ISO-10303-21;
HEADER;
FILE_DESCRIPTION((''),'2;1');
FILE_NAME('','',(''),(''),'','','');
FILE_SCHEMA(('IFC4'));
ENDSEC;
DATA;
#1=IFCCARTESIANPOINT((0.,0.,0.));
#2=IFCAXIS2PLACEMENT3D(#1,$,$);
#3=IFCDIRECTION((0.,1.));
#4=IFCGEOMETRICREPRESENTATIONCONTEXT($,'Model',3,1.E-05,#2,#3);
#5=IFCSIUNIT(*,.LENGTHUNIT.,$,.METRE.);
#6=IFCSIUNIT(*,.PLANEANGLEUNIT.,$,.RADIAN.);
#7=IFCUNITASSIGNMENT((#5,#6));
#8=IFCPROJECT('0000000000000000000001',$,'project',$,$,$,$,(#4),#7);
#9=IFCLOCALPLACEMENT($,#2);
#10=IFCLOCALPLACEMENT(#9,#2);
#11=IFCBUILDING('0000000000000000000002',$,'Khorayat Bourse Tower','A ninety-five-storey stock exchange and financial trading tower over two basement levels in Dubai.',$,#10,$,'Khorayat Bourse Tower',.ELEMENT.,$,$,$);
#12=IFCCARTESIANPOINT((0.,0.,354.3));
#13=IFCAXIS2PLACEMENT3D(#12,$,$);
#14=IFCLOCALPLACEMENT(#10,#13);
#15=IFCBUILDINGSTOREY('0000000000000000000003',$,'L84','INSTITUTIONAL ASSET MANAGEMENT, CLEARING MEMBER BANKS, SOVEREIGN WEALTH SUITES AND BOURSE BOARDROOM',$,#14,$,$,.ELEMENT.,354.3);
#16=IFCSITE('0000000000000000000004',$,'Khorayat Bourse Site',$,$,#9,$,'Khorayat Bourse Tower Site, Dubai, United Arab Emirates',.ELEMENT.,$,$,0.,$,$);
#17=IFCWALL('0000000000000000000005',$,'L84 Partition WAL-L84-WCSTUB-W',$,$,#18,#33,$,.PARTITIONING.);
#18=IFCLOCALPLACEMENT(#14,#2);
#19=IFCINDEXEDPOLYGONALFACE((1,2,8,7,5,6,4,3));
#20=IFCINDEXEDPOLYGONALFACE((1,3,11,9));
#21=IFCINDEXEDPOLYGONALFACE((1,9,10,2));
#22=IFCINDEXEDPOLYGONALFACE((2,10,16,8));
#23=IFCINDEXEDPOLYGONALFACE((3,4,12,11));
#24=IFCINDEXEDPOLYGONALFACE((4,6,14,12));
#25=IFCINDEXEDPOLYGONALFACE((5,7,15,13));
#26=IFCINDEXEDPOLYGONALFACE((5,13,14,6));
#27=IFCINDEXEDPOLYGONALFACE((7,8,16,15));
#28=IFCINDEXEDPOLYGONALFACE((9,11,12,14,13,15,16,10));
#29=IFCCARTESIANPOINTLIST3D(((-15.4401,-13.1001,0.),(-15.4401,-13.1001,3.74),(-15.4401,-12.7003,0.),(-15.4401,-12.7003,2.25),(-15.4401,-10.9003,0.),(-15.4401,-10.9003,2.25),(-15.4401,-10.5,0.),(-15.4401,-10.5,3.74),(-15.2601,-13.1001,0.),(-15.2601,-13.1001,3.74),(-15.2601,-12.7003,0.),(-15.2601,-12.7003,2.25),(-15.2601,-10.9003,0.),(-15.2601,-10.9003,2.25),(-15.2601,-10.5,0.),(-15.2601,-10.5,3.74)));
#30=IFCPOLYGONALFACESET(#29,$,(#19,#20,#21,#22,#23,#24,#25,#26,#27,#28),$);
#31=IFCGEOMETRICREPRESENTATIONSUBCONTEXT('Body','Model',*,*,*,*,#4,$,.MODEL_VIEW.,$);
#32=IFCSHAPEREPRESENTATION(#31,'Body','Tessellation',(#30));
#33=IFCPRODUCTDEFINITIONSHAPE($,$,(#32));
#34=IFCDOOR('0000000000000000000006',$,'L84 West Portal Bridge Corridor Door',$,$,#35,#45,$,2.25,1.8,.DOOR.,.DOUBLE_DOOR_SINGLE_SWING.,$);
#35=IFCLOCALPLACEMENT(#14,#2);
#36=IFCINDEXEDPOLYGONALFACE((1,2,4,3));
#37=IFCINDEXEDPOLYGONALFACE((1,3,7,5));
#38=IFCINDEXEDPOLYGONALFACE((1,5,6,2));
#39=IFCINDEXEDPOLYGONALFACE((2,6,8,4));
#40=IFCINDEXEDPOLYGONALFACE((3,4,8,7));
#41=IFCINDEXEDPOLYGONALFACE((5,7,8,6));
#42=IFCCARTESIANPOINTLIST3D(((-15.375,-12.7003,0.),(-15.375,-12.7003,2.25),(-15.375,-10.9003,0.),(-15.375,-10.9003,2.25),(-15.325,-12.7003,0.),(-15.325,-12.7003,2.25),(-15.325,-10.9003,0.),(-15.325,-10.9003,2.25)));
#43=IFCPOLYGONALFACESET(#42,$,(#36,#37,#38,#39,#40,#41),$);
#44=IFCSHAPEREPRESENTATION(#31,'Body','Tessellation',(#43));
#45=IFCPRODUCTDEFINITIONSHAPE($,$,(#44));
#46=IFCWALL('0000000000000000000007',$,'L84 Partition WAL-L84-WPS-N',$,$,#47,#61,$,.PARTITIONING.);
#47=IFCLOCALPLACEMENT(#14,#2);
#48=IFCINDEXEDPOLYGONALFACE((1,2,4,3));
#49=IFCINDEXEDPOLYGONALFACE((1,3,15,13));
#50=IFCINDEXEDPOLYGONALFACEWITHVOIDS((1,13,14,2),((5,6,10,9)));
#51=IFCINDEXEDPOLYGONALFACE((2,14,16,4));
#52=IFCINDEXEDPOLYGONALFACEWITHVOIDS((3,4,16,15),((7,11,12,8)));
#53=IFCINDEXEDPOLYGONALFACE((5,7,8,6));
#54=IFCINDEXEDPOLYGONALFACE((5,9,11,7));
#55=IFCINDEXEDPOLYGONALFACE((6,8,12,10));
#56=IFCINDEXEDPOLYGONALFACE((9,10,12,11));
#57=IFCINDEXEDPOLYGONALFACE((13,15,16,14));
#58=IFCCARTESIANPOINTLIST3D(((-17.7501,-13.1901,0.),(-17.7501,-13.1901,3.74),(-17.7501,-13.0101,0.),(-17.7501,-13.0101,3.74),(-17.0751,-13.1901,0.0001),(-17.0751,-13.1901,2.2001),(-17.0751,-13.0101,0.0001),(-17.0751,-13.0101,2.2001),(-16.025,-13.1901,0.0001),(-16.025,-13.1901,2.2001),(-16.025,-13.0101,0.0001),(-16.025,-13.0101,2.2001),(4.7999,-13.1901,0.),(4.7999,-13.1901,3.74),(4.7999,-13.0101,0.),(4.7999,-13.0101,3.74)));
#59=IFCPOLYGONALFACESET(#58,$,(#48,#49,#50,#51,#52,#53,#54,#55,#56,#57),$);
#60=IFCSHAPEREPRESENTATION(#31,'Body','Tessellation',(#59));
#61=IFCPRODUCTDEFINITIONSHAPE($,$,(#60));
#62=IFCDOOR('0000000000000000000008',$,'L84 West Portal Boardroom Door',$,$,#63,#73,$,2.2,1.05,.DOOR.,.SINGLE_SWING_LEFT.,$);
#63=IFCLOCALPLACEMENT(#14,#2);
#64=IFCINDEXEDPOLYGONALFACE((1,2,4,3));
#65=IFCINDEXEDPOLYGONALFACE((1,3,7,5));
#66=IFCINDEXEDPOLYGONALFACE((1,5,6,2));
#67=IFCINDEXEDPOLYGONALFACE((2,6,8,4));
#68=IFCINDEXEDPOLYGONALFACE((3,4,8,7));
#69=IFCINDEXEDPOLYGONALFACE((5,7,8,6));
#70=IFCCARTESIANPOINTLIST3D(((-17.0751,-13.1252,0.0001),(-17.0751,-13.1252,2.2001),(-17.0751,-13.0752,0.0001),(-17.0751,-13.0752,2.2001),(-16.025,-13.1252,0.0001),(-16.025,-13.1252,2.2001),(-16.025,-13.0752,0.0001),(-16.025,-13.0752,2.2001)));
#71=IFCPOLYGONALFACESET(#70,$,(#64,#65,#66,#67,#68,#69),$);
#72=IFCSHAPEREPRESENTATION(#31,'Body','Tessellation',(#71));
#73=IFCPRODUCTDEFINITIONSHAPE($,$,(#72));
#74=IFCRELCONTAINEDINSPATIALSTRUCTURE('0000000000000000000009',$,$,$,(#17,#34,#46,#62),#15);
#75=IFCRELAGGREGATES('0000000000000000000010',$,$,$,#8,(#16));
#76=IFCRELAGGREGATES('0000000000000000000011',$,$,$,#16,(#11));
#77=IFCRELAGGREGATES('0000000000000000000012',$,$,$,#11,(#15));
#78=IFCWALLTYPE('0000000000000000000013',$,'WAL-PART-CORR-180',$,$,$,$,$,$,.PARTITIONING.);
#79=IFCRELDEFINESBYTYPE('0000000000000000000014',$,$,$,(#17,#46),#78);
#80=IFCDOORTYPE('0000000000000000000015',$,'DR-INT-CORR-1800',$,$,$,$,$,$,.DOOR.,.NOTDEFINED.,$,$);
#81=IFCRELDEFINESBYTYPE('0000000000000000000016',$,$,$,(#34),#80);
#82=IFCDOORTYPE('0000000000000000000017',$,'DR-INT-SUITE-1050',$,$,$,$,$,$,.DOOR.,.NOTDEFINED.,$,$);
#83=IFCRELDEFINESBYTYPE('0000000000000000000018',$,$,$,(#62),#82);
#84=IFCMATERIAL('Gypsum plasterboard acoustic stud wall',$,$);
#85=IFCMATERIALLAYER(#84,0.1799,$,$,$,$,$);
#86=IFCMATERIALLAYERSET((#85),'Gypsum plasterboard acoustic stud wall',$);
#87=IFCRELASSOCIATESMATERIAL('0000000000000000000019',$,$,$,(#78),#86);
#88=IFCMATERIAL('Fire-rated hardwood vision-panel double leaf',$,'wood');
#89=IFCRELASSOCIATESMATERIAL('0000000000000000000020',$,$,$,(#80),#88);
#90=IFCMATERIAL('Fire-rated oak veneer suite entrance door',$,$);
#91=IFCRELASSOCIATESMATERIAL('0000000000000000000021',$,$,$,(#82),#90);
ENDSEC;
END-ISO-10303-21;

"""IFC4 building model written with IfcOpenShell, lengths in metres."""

from ifc_helpers import new_model, si_unit, direction, frame, frame_2d, origin, place, context, subcontext, project, spatial, rectangle, extrude, source, transform, mapped, material, layer, layer_set, type_object, element, fill, save


model = new_model("IFC4")

# Units and contexts
model_context = context("Model", 3, precision=1e-05, world=origin(), true_north=direction((0.0, 1.0)))
body_context = subcontext(model_context, "Body", "Model", "MODEL_VIEW")
ifc_project = project(units=[si_unit("LENGTHUNIT", "METRE"), si_unit("PLANEANGLEUNIT", "RADIAN")], contexts=[model_context])

# Site, building, storey
site_placement = place(None, origin())
site = spatial("IfcSite", under=ifc_project, at=site_placement, Name="Khorayat Bourse Site", LongName="Khorayat Bourse Tower Site, Dubai, United Arab Emirates", CompositionType="ELEMENT", RefElevation=0.0)
building_placement = place(site_placement, origin())
building = spatial("IfcBuilding", under=site, at=building_placement, Name="Khorayat Bourse Tower", Description="A ninety-five-storey stock exchange and financial trading tower over two basement levels in Dubai.", LongName="Khorayat Bourse Tower", CompositionType="ELEMENT")
storey_placement = place(building_placement, frame((0.0, 0.0, 354.3)))
storey = spatial("IfcBuildingStorey", under=building, at=storey_placement, Name="L84", Description="INSTITUTIONAL ASSET MANAGEMENT, CLEARING MEMBER BANKS, SOVEREIGN WEALTH SUITES AND BOURSE BOARDROOM", CompositionType="ELEMENT", Elevation=354.3)

# Walls, openings, doors
ifc_material_1 = material(Name="Gypsum plasterboard acoustic stud wall")
ifc_layer_1 = layer(ifc_material_1, 0.1799)
ifc_layer_set_1 = layer_set([ifc_layer_1], Name="Gypsum plasterboard acoustic stud wall")
wall_type_1 = type_object("IfcWallType", Name="WAL-PART-CORR-180", PredefinedType="PARTITIONING", material=ifc_layer_set_1)
shared_shape_1 = source(origin(), body_context, "Body", "SweptSolid", [
    extrude(rectangle(XDim=2.6001, YDim=0.1799, at=frame_2d((1.3, 0.0))), origin(), (0.0, 0.0, 1.0), 3.74),
])
wall_1_placement = place(storey_placement, frame((-15.3501, -13.1001, 0.0), z_axis=(0.0, 0.0, 1.0), x_axis=(0.0, 1.0, 0.0)))
wall_1 = element("IfcWall", 1, at=wall_1_placement, inside=storey, type_object=wall_type_1, Name="L84 Partition WAL-L84-WCSTUB-W", PredefinedType="PARTITIONING", context=body_context, shape_type="MappedRepresentation", body=[
    mapped(shared_shape_1, transform((0.0, 0.0, 0.0), scale=1.0)),
])
shared_shape_2 = source(origin(), body_context, "Body", "SweptSolid", [
    extrude(rectangle(XDim=1.8, YDim=2.25, at=frame_2d((0.8999, 1.125))), frame((0.0, 0.0999, 0.0), z_axis=(0.0, -1.0, 0.0), x_axis=(1.0, 0.0, 0.0)), (0.0, 0.0, 1.0), 0.2),
])
opening_1_placement = place(wall_1_placement, frame((0.3999, 0.0, 0.0)))
opening_1 = element("IfcOpeningElement", 2, at=opening_1_placement, cuts=wall_1, PredefinedType="OPENING", context=body_context, shape_type="MappedRepresentation", body=[
    mapped(shared_shape_2, transform((0.0, 0.0, 0.0), scale=1.0)),
])
ifc_material_2 = material(Name="Fire-rated hardwood vision-panel double leaf", Category="wood")
door_type_1 = type_object("IfcDoorType", Name="DR-INT-CORR-1800", OperationType="NOTDEFINED", PredefinedType="DOOR", material=ifc_material_2)
shared_shape_3 = source(origin(), body_context, "Body", "SweptSolid", [
    extrude(rectangle(XDim=1.8, YDim=2.25, at=frame_2d((0.8999, 1.125))), frame((0.0, 0.0249, 0.0), z_axis=(0.0, -1.0, 0.0), x_axis=(1.0, 0.0, 0.0)), (0.0, 0.0, 1.0), 0.05),
])
door_1_placement = place(opening_1_placement, origin())
door_1 = element("IfcDoor", 3, at=door_1_placement, inside=storey, type_object=door_type_1, Name="L84 West Portal Bridge Corridor Door", OperationType="DOUBLE_DOOR_SINGLE_SWING", OverallHeight=2.25, OverallWidth=1.8, PredefinedType="DOOR", context=body_context, shape_type="MappedRepresentation", body=[
    mapped(shared_shape_3, transform((0.0, 0.0, 0.0), scale=1.0)),
])
fill(opening_1, door_1)
shared_shape_4 = source(origin(), body_context, "Body", "SweptSolid", [
    extrude(rectangle(XDim=22.55, YDim=0.1799, at=frame_2d((11.2749, 0.0))), origin(), (0.0, 0.0, 1.0), 3.74),
])
wall_2_placement = place(storey_placement, frame((-17.75, -13.1001, 0.0), z_axis=(0.0, 0.0, 1.0), x_axis=(1.0, 0.0, 0.0)))
wall_2 = element("IfcWall", 4, at=wall_2_placement, inside=storey, type_object=wall_type_1, Name="L84 Partition WAL-L84-WPS-N", PredefinedType="PARTITIONING", context=body_context, shape_type="MappedRepresentation", body=[
    mapped(shared_shape_4, transform((0.0, 0.0, 0.0), scale=1.0)),
])
shared_shape_5 = source(origin(), body_context, "Body", "SweptSolid", [
    extrude(rectangle(XDim=1.05, YDim=2.2, at=frame_2d((0.5249, 1.1001))), frame((0.0, 0.0999, 0.0), z_axis=(0.0, -1.0, 0.0), x_axis=(1.0, 0.0, 0.0)), (0.0, 0.0, 1.0), 0.2),
])
opening_2_placement = place(wall_2_placement, frame((0.675, 0.0, 0.0)))
opening_2 = element("IfcOpeningElement", 5, at=opening_2_placement, cuts=wall_2, PredefinedType="OPENING", context=body_context, shape_type="MappedRepresentation", body=[
    mapped(shared_shape_5, transform((0.0, 0.0, 0.0), scale=1.0)),
])
ifc_material_3 = material(Name="Fire-rated oak veneer suite entrance door")
door_type_2 = type_object("IfcDoorType", Name="DR-INT-SUITE-1050", OperationType="NOTDEFINED", PredefinedType="DOOR", material=ifc_material_3)
shared_shape_6 = source(origin(), body_context, "Body", "SweptSolid", [
    extrude(rectangle(XDim=1.05, YDim=2.2, at=frame_2d((0.5249, 1.1001))), frame((0.0, 0.0249, 0.0), z_axis=(0.0, -1.0, 0.0), x_axis=(1.0, 0.0, 0.0)), (0.0, 0.0, 1.0), 0.05),
])
door_2_placement = place(opening_2_placement, origin())
door_2 = element("IfcDoor", 6, at=door_2_placement, inside=storey, type_object=door_type_2, Name="L84 West Portal Boardroom Door", OperationType="SINGLE_SWING_LEFT", OverallHeight=2.2, OverallWidth=1.05, PredefinedType="DOOR", context=body_context, shape_type="MappedRepresentation", body=[
    mapped(shared_shape_6, transform((0.0, 0.0, 0.0), scale=1.0)),
])
fill(opening_2, door_2)

save(model, "model.ifc")
